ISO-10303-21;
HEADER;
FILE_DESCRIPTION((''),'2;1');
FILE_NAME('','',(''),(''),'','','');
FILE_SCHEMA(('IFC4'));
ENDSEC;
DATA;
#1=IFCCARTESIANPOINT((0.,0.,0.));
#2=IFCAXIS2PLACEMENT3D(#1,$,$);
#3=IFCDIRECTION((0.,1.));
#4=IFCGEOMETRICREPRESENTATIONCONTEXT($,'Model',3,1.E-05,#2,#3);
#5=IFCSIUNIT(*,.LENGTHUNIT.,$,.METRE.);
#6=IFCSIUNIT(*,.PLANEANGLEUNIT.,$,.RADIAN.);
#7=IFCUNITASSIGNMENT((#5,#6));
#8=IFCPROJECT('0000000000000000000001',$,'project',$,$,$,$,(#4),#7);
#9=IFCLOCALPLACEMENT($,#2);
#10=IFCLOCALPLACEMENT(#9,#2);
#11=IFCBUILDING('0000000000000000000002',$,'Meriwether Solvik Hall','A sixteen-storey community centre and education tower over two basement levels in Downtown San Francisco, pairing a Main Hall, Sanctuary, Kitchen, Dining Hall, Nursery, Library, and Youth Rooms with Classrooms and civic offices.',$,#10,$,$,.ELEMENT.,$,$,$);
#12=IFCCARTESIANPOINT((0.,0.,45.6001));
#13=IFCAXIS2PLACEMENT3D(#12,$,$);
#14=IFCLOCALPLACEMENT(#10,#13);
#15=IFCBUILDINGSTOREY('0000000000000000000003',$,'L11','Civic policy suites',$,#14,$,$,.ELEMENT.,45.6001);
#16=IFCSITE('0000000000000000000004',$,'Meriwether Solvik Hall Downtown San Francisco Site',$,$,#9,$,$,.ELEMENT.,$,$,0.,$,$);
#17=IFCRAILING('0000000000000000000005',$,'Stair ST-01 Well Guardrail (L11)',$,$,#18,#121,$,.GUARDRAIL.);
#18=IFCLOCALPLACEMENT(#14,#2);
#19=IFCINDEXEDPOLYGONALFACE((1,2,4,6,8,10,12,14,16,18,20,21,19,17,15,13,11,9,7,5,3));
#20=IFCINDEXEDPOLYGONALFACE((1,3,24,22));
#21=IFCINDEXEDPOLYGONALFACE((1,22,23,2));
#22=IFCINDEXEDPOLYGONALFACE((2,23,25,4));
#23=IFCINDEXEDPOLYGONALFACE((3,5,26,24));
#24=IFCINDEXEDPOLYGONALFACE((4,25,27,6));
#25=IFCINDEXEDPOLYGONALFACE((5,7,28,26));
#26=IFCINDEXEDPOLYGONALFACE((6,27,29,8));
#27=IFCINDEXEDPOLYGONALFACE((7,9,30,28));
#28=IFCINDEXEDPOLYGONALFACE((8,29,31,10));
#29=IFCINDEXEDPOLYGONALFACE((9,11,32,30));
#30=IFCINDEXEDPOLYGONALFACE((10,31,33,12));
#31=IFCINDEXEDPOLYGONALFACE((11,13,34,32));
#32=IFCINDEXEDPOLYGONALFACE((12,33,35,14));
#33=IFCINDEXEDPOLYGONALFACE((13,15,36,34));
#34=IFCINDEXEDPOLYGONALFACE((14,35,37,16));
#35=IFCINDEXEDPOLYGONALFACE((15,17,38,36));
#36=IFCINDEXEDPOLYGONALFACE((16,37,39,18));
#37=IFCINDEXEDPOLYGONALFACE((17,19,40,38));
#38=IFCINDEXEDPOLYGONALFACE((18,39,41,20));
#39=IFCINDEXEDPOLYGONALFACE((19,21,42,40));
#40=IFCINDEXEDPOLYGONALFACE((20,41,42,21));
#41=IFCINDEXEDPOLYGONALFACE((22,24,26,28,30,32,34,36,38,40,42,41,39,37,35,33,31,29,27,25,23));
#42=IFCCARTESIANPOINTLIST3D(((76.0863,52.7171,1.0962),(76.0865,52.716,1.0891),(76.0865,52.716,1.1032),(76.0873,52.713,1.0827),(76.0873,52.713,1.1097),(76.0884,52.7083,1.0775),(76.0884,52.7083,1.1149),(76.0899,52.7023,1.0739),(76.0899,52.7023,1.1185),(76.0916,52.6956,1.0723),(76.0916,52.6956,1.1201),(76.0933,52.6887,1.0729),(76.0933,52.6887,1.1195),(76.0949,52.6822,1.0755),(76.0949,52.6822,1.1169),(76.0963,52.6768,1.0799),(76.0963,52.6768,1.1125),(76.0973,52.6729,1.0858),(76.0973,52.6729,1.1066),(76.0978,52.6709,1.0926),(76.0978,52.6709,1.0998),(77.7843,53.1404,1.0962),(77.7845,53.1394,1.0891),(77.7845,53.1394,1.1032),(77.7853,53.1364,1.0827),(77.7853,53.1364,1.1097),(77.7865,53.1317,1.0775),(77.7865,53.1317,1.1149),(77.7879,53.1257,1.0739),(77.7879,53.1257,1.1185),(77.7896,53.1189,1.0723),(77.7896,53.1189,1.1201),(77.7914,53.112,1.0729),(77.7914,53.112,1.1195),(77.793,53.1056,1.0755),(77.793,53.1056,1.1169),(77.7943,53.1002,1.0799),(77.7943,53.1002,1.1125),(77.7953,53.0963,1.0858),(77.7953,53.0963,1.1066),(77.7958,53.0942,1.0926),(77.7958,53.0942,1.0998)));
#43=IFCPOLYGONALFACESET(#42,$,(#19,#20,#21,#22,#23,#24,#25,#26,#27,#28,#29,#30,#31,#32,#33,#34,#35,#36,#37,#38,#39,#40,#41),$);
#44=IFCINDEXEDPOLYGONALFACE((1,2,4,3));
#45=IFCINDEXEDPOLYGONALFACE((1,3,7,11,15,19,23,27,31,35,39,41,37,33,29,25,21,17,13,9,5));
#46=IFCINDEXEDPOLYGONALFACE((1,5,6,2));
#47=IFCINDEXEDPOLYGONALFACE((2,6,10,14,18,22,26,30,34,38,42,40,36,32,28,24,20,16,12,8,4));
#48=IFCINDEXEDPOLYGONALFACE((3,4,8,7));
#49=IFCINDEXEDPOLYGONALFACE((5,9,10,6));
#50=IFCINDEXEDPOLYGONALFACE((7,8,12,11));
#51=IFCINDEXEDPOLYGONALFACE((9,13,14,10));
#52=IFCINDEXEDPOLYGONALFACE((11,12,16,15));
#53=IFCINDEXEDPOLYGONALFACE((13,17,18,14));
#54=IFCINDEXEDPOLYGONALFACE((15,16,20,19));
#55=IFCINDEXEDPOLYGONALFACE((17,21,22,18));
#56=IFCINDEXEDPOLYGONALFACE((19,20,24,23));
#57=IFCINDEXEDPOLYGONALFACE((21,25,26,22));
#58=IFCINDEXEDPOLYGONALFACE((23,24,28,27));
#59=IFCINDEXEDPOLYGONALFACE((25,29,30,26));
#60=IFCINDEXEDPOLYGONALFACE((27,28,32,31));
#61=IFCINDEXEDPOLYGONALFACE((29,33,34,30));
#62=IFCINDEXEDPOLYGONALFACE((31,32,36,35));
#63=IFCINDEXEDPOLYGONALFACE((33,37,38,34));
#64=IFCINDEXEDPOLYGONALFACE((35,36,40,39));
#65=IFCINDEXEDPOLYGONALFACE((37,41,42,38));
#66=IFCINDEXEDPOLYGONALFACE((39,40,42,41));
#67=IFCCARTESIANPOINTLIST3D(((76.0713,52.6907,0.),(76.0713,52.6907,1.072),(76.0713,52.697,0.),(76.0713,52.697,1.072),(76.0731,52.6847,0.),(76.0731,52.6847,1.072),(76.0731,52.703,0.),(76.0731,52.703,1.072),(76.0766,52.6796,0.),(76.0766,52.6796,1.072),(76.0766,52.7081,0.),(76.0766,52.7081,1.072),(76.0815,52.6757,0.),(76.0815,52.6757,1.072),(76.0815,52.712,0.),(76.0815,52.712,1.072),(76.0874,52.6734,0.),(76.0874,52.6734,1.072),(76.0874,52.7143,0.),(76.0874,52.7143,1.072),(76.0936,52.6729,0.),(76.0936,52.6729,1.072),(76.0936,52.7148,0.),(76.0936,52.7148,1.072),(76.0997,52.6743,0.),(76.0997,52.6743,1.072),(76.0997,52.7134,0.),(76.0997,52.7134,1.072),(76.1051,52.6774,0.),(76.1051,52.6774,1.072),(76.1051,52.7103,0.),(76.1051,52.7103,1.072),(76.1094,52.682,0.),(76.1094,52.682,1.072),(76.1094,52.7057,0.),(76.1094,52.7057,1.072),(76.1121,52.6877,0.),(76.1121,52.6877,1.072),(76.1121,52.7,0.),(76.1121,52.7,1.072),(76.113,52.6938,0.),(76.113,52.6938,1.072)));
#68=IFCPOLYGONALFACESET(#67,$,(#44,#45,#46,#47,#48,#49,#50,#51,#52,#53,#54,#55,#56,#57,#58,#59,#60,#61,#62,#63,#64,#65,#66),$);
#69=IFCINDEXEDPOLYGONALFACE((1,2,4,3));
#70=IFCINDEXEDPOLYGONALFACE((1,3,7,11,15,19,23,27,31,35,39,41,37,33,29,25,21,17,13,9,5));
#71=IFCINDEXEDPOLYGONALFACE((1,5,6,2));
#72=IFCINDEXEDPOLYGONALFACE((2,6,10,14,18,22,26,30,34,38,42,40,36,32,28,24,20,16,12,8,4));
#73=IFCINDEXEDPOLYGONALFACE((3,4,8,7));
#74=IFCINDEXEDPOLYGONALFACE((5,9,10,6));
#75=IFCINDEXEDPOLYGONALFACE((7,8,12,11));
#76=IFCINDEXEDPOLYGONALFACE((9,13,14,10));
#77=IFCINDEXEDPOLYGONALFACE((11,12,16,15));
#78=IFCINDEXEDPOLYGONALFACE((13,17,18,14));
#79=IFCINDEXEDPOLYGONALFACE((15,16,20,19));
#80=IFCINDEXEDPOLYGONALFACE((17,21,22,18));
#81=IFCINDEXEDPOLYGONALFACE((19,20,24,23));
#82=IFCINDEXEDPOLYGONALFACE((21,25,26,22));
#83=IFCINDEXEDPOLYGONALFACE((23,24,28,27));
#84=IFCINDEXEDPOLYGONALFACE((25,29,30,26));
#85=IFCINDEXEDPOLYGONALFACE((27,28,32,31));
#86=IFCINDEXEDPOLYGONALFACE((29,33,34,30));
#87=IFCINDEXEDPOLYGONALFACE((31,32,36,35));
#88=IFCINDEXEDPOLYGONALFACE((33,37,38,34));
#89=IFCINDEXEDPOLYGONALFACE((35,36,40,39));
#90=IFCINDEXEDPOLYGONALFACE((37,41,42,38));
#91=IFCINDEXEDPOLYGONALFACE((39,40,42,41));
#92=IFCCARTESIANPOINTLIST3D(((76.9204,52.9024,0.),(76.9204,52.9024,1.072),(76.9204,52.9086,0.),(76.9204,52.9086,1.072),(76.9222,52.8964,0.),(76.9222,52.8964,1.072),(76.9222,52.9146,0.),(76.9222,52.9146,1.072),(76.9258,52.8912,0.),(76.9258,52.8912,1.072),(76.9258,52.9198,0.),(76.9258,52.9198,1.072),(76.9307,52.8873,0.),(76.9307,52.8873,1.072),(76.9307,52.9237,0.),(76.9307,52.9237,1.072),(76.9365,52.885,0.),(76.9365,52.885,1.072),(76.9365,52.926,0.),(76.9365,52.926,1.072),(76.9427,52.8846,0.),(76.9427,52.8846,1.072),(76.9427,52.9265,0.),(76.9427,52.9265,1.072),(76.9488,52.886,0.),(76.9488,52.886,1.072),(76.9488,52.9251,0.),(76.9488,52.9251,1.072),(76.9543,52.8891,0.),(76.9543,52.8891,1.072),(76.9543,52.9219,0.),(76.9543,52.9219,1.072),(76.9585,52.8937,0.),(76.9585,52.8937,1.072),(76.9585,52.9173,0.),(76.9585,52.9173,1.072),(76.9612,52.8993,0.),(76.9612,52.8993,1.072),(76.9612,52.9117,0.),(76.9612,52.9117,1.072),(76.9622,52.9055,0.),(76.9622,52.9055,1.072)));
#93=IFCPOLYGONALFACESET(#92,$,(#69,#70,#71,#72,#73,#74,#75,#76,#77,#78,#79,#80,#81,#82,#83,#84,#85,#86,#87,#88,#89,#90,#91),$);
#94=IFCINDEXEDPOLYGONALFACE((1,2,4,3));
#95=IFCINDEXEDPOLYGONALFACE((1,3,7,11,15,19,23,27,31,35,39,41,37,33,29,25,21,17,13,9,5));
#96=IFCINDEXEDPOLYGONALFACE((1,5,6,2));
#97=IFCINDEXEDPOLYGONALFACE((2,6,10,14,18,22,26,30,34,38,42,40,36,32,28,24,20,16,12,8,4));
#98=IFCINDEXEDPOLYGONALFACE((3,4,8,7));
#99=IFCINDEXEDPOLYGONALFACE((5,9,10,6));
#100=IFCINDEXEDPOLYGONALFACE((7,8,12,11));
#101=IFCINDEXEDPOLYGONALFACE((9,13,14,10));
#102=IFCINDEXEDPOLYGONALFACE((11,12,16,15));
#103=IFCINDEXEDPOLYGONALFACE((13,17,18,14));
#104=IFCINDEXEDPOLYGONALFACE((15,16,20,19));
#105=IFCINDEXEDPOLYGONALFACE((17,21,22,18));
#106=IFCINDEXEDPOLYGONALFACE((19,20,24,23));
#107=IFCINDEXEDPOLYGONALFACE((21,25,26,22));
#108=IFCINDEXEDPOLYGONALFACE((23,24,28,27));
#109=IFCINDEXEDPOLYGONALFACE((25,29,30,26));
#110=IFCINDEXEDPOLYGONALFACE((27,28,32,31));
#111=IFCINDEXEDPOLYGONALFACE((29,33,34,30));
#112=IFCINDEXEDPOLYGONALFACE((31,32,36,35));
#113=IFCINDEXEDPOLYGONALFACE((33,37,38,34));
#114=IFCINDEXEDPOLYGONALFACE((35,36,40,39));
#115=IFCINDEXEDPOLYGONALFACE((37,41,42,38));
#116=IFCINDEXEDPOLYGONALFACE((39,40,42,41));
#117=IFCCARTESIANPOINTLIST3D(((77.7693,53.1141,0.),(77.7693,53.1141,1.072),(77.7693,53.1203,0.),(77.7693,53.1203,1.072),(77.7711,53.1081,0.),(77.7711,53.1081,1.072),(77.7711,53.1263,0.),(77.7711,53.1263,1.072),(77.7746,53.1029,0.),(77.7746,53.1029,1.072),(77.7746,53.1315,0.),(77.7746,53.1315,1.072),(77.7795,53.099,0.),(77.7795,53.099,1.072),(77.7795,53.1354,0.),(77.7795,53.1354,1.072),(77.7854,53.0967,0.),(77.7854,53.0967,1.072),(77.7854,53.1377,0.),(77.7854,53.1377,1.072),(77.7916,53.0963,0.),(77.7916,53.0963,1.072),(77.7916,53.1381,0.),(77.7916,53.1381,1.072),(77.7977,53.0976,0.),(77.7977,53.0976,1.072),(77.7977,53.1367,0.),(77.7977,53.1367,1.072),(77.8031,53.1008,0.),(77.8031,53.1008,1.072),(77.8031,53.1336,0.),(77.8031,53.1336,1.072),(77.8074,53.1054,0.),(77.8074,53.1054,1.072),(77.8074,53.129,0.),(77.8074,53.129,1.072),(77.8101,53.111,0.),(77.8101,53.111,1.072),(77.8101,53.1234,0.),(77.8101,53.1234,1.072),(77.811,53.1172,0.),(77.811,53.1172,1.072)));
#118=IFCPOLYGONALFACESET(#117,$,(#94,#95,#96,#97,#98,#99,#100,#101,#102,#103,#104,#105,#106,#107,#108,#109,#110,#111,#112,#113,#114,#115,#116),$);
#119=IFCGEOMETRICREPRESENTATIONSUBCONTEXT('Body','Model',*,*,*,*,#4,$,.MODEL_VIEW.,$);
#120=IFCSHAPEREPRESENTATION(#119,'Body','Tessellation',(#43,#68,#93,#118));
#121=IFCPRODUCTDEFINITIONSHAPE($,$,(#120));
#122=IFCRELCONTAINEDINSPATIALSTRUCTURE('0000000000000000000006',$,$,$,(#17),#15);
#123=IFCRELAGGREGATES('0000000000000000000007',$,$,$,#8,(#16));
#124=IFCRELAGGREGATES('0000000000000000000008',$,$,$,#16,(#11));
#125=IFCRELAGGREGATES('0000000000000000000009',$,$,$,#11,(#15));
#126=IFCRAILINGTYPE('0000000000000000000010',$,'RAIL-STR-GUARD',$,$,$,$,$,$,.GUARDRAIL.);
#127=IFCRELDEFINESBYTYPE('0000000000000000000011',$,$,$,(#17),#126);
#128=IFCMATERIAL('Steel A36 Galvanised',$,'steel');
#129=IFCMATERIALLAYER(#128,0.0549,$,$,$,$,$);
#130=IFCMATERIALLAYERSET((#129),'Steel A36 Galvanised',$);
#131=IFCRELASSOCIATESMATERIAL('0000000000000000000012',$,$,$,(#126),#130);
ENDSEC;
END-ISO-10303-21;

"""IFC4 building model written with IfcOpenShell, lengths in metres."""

from ifc_helpers import new_model, si_unit, direction, frame, origin, origin_2d, place, context, subcontext, project, spatial, circle, extrude, material, layer, layer_set, type_object, element, save


model = new_model("IFC4")

# Units and contexts
model_context = context("Model", 3, precision=1e-05, world=origin(), true_north=direction((0.0, 1.0)))
body_context = subcontext(model_context, "Body", "Model", "MODEL_VIEW")
ifc_project = project(units=[si_unit("LENGTHUNIT", "METRE"), si_unit("PLANEANGLEUNIT", "RADIAN")], contexts=[model_context])

# Site, building, storey
site_placement = place(None, origin())
site = spatial("IfcSite", under=ifc_project, at=site_placement, Name="Meriwether Solvik Hall Downtown San Francisco Site", CompositionType="ELEMENT", RefElevation=0.0)
building_placement = place(site_placement, origin())
building = spatial("IfcBuilding", under=site, at=building_placement, Name="Meriwether Solvik Hall", Description="A sixteen-storey community centre and education tower over two basement levels in Downtown San Francisco, pairing a Main Hall, Sanctuary, Kitchen, Dining Hall, Nursery, Library, and Youth Rooms with Classrooms and civic offices.", CompositionType="ELEMENT")
storey_placement = place(building_placement, frame((0.0, 0.0, 45.6001)))
storey = spatial("IfcBuildingStorey", under=building, at=storey_placement, Name="L11", Description="Civic policy suites", CompositionType="ELEMENT", Elevation=45.6001)

# Railing
ifc_material_1 = material(Name="Steel A36 Galvanised", Category="steel")
ifc_layer_1 = layer(ifc_material_1, 0.0549)
ifc_layer_set_1 = layer_set([ifc_layer_1], Name="Steel A36 Galvanised")
railing_type_1 = type_object("IfcRailingType", Name="RAIL-STR-GUARD", PredefinedType="GUARDRAIL", material=ifc_layer_set_1)
railing_1_placement = place(storey_placement, frame((76.092, 52.6938, 0.0)))
element("IfcRailing", 1, at=railing_1_placement, inside=storey, type_object=railing_type_1, Name="Stair ST-01 Well Guardrail (L11)", PredefinedType="GUARDRAIL", context=body_context, shape_type="SweptSolid", body=[
    extrude(circle(Radius=0.0239, at=origin_2d()), frame((0.0, 0.0, 1.0962), z_axis=(0.970298, 0.241912, 0.0), x_axis=(-0.241912, 0.970298, 0.0)), (0.0, 0.0, 1.0), 1.75),
    extrude(circle(Radius=0.021, at=origin_2d()), origin(), (0.0, 0.0, 1.0), 1.072),
    extrude(circle(Radius=0.021, at=origin_2d()), frame((0.8491, 0.2117, 0.0)), (0.0, 0.0, 1.0), 1.072),
    extrude(circle(Radius=0.021, at=origin_2d()), frame((1.698, 0.4233, 0.0)), (0.0, 0.0, 1.0), 1.072),
])

save(model, "model.ifc")
